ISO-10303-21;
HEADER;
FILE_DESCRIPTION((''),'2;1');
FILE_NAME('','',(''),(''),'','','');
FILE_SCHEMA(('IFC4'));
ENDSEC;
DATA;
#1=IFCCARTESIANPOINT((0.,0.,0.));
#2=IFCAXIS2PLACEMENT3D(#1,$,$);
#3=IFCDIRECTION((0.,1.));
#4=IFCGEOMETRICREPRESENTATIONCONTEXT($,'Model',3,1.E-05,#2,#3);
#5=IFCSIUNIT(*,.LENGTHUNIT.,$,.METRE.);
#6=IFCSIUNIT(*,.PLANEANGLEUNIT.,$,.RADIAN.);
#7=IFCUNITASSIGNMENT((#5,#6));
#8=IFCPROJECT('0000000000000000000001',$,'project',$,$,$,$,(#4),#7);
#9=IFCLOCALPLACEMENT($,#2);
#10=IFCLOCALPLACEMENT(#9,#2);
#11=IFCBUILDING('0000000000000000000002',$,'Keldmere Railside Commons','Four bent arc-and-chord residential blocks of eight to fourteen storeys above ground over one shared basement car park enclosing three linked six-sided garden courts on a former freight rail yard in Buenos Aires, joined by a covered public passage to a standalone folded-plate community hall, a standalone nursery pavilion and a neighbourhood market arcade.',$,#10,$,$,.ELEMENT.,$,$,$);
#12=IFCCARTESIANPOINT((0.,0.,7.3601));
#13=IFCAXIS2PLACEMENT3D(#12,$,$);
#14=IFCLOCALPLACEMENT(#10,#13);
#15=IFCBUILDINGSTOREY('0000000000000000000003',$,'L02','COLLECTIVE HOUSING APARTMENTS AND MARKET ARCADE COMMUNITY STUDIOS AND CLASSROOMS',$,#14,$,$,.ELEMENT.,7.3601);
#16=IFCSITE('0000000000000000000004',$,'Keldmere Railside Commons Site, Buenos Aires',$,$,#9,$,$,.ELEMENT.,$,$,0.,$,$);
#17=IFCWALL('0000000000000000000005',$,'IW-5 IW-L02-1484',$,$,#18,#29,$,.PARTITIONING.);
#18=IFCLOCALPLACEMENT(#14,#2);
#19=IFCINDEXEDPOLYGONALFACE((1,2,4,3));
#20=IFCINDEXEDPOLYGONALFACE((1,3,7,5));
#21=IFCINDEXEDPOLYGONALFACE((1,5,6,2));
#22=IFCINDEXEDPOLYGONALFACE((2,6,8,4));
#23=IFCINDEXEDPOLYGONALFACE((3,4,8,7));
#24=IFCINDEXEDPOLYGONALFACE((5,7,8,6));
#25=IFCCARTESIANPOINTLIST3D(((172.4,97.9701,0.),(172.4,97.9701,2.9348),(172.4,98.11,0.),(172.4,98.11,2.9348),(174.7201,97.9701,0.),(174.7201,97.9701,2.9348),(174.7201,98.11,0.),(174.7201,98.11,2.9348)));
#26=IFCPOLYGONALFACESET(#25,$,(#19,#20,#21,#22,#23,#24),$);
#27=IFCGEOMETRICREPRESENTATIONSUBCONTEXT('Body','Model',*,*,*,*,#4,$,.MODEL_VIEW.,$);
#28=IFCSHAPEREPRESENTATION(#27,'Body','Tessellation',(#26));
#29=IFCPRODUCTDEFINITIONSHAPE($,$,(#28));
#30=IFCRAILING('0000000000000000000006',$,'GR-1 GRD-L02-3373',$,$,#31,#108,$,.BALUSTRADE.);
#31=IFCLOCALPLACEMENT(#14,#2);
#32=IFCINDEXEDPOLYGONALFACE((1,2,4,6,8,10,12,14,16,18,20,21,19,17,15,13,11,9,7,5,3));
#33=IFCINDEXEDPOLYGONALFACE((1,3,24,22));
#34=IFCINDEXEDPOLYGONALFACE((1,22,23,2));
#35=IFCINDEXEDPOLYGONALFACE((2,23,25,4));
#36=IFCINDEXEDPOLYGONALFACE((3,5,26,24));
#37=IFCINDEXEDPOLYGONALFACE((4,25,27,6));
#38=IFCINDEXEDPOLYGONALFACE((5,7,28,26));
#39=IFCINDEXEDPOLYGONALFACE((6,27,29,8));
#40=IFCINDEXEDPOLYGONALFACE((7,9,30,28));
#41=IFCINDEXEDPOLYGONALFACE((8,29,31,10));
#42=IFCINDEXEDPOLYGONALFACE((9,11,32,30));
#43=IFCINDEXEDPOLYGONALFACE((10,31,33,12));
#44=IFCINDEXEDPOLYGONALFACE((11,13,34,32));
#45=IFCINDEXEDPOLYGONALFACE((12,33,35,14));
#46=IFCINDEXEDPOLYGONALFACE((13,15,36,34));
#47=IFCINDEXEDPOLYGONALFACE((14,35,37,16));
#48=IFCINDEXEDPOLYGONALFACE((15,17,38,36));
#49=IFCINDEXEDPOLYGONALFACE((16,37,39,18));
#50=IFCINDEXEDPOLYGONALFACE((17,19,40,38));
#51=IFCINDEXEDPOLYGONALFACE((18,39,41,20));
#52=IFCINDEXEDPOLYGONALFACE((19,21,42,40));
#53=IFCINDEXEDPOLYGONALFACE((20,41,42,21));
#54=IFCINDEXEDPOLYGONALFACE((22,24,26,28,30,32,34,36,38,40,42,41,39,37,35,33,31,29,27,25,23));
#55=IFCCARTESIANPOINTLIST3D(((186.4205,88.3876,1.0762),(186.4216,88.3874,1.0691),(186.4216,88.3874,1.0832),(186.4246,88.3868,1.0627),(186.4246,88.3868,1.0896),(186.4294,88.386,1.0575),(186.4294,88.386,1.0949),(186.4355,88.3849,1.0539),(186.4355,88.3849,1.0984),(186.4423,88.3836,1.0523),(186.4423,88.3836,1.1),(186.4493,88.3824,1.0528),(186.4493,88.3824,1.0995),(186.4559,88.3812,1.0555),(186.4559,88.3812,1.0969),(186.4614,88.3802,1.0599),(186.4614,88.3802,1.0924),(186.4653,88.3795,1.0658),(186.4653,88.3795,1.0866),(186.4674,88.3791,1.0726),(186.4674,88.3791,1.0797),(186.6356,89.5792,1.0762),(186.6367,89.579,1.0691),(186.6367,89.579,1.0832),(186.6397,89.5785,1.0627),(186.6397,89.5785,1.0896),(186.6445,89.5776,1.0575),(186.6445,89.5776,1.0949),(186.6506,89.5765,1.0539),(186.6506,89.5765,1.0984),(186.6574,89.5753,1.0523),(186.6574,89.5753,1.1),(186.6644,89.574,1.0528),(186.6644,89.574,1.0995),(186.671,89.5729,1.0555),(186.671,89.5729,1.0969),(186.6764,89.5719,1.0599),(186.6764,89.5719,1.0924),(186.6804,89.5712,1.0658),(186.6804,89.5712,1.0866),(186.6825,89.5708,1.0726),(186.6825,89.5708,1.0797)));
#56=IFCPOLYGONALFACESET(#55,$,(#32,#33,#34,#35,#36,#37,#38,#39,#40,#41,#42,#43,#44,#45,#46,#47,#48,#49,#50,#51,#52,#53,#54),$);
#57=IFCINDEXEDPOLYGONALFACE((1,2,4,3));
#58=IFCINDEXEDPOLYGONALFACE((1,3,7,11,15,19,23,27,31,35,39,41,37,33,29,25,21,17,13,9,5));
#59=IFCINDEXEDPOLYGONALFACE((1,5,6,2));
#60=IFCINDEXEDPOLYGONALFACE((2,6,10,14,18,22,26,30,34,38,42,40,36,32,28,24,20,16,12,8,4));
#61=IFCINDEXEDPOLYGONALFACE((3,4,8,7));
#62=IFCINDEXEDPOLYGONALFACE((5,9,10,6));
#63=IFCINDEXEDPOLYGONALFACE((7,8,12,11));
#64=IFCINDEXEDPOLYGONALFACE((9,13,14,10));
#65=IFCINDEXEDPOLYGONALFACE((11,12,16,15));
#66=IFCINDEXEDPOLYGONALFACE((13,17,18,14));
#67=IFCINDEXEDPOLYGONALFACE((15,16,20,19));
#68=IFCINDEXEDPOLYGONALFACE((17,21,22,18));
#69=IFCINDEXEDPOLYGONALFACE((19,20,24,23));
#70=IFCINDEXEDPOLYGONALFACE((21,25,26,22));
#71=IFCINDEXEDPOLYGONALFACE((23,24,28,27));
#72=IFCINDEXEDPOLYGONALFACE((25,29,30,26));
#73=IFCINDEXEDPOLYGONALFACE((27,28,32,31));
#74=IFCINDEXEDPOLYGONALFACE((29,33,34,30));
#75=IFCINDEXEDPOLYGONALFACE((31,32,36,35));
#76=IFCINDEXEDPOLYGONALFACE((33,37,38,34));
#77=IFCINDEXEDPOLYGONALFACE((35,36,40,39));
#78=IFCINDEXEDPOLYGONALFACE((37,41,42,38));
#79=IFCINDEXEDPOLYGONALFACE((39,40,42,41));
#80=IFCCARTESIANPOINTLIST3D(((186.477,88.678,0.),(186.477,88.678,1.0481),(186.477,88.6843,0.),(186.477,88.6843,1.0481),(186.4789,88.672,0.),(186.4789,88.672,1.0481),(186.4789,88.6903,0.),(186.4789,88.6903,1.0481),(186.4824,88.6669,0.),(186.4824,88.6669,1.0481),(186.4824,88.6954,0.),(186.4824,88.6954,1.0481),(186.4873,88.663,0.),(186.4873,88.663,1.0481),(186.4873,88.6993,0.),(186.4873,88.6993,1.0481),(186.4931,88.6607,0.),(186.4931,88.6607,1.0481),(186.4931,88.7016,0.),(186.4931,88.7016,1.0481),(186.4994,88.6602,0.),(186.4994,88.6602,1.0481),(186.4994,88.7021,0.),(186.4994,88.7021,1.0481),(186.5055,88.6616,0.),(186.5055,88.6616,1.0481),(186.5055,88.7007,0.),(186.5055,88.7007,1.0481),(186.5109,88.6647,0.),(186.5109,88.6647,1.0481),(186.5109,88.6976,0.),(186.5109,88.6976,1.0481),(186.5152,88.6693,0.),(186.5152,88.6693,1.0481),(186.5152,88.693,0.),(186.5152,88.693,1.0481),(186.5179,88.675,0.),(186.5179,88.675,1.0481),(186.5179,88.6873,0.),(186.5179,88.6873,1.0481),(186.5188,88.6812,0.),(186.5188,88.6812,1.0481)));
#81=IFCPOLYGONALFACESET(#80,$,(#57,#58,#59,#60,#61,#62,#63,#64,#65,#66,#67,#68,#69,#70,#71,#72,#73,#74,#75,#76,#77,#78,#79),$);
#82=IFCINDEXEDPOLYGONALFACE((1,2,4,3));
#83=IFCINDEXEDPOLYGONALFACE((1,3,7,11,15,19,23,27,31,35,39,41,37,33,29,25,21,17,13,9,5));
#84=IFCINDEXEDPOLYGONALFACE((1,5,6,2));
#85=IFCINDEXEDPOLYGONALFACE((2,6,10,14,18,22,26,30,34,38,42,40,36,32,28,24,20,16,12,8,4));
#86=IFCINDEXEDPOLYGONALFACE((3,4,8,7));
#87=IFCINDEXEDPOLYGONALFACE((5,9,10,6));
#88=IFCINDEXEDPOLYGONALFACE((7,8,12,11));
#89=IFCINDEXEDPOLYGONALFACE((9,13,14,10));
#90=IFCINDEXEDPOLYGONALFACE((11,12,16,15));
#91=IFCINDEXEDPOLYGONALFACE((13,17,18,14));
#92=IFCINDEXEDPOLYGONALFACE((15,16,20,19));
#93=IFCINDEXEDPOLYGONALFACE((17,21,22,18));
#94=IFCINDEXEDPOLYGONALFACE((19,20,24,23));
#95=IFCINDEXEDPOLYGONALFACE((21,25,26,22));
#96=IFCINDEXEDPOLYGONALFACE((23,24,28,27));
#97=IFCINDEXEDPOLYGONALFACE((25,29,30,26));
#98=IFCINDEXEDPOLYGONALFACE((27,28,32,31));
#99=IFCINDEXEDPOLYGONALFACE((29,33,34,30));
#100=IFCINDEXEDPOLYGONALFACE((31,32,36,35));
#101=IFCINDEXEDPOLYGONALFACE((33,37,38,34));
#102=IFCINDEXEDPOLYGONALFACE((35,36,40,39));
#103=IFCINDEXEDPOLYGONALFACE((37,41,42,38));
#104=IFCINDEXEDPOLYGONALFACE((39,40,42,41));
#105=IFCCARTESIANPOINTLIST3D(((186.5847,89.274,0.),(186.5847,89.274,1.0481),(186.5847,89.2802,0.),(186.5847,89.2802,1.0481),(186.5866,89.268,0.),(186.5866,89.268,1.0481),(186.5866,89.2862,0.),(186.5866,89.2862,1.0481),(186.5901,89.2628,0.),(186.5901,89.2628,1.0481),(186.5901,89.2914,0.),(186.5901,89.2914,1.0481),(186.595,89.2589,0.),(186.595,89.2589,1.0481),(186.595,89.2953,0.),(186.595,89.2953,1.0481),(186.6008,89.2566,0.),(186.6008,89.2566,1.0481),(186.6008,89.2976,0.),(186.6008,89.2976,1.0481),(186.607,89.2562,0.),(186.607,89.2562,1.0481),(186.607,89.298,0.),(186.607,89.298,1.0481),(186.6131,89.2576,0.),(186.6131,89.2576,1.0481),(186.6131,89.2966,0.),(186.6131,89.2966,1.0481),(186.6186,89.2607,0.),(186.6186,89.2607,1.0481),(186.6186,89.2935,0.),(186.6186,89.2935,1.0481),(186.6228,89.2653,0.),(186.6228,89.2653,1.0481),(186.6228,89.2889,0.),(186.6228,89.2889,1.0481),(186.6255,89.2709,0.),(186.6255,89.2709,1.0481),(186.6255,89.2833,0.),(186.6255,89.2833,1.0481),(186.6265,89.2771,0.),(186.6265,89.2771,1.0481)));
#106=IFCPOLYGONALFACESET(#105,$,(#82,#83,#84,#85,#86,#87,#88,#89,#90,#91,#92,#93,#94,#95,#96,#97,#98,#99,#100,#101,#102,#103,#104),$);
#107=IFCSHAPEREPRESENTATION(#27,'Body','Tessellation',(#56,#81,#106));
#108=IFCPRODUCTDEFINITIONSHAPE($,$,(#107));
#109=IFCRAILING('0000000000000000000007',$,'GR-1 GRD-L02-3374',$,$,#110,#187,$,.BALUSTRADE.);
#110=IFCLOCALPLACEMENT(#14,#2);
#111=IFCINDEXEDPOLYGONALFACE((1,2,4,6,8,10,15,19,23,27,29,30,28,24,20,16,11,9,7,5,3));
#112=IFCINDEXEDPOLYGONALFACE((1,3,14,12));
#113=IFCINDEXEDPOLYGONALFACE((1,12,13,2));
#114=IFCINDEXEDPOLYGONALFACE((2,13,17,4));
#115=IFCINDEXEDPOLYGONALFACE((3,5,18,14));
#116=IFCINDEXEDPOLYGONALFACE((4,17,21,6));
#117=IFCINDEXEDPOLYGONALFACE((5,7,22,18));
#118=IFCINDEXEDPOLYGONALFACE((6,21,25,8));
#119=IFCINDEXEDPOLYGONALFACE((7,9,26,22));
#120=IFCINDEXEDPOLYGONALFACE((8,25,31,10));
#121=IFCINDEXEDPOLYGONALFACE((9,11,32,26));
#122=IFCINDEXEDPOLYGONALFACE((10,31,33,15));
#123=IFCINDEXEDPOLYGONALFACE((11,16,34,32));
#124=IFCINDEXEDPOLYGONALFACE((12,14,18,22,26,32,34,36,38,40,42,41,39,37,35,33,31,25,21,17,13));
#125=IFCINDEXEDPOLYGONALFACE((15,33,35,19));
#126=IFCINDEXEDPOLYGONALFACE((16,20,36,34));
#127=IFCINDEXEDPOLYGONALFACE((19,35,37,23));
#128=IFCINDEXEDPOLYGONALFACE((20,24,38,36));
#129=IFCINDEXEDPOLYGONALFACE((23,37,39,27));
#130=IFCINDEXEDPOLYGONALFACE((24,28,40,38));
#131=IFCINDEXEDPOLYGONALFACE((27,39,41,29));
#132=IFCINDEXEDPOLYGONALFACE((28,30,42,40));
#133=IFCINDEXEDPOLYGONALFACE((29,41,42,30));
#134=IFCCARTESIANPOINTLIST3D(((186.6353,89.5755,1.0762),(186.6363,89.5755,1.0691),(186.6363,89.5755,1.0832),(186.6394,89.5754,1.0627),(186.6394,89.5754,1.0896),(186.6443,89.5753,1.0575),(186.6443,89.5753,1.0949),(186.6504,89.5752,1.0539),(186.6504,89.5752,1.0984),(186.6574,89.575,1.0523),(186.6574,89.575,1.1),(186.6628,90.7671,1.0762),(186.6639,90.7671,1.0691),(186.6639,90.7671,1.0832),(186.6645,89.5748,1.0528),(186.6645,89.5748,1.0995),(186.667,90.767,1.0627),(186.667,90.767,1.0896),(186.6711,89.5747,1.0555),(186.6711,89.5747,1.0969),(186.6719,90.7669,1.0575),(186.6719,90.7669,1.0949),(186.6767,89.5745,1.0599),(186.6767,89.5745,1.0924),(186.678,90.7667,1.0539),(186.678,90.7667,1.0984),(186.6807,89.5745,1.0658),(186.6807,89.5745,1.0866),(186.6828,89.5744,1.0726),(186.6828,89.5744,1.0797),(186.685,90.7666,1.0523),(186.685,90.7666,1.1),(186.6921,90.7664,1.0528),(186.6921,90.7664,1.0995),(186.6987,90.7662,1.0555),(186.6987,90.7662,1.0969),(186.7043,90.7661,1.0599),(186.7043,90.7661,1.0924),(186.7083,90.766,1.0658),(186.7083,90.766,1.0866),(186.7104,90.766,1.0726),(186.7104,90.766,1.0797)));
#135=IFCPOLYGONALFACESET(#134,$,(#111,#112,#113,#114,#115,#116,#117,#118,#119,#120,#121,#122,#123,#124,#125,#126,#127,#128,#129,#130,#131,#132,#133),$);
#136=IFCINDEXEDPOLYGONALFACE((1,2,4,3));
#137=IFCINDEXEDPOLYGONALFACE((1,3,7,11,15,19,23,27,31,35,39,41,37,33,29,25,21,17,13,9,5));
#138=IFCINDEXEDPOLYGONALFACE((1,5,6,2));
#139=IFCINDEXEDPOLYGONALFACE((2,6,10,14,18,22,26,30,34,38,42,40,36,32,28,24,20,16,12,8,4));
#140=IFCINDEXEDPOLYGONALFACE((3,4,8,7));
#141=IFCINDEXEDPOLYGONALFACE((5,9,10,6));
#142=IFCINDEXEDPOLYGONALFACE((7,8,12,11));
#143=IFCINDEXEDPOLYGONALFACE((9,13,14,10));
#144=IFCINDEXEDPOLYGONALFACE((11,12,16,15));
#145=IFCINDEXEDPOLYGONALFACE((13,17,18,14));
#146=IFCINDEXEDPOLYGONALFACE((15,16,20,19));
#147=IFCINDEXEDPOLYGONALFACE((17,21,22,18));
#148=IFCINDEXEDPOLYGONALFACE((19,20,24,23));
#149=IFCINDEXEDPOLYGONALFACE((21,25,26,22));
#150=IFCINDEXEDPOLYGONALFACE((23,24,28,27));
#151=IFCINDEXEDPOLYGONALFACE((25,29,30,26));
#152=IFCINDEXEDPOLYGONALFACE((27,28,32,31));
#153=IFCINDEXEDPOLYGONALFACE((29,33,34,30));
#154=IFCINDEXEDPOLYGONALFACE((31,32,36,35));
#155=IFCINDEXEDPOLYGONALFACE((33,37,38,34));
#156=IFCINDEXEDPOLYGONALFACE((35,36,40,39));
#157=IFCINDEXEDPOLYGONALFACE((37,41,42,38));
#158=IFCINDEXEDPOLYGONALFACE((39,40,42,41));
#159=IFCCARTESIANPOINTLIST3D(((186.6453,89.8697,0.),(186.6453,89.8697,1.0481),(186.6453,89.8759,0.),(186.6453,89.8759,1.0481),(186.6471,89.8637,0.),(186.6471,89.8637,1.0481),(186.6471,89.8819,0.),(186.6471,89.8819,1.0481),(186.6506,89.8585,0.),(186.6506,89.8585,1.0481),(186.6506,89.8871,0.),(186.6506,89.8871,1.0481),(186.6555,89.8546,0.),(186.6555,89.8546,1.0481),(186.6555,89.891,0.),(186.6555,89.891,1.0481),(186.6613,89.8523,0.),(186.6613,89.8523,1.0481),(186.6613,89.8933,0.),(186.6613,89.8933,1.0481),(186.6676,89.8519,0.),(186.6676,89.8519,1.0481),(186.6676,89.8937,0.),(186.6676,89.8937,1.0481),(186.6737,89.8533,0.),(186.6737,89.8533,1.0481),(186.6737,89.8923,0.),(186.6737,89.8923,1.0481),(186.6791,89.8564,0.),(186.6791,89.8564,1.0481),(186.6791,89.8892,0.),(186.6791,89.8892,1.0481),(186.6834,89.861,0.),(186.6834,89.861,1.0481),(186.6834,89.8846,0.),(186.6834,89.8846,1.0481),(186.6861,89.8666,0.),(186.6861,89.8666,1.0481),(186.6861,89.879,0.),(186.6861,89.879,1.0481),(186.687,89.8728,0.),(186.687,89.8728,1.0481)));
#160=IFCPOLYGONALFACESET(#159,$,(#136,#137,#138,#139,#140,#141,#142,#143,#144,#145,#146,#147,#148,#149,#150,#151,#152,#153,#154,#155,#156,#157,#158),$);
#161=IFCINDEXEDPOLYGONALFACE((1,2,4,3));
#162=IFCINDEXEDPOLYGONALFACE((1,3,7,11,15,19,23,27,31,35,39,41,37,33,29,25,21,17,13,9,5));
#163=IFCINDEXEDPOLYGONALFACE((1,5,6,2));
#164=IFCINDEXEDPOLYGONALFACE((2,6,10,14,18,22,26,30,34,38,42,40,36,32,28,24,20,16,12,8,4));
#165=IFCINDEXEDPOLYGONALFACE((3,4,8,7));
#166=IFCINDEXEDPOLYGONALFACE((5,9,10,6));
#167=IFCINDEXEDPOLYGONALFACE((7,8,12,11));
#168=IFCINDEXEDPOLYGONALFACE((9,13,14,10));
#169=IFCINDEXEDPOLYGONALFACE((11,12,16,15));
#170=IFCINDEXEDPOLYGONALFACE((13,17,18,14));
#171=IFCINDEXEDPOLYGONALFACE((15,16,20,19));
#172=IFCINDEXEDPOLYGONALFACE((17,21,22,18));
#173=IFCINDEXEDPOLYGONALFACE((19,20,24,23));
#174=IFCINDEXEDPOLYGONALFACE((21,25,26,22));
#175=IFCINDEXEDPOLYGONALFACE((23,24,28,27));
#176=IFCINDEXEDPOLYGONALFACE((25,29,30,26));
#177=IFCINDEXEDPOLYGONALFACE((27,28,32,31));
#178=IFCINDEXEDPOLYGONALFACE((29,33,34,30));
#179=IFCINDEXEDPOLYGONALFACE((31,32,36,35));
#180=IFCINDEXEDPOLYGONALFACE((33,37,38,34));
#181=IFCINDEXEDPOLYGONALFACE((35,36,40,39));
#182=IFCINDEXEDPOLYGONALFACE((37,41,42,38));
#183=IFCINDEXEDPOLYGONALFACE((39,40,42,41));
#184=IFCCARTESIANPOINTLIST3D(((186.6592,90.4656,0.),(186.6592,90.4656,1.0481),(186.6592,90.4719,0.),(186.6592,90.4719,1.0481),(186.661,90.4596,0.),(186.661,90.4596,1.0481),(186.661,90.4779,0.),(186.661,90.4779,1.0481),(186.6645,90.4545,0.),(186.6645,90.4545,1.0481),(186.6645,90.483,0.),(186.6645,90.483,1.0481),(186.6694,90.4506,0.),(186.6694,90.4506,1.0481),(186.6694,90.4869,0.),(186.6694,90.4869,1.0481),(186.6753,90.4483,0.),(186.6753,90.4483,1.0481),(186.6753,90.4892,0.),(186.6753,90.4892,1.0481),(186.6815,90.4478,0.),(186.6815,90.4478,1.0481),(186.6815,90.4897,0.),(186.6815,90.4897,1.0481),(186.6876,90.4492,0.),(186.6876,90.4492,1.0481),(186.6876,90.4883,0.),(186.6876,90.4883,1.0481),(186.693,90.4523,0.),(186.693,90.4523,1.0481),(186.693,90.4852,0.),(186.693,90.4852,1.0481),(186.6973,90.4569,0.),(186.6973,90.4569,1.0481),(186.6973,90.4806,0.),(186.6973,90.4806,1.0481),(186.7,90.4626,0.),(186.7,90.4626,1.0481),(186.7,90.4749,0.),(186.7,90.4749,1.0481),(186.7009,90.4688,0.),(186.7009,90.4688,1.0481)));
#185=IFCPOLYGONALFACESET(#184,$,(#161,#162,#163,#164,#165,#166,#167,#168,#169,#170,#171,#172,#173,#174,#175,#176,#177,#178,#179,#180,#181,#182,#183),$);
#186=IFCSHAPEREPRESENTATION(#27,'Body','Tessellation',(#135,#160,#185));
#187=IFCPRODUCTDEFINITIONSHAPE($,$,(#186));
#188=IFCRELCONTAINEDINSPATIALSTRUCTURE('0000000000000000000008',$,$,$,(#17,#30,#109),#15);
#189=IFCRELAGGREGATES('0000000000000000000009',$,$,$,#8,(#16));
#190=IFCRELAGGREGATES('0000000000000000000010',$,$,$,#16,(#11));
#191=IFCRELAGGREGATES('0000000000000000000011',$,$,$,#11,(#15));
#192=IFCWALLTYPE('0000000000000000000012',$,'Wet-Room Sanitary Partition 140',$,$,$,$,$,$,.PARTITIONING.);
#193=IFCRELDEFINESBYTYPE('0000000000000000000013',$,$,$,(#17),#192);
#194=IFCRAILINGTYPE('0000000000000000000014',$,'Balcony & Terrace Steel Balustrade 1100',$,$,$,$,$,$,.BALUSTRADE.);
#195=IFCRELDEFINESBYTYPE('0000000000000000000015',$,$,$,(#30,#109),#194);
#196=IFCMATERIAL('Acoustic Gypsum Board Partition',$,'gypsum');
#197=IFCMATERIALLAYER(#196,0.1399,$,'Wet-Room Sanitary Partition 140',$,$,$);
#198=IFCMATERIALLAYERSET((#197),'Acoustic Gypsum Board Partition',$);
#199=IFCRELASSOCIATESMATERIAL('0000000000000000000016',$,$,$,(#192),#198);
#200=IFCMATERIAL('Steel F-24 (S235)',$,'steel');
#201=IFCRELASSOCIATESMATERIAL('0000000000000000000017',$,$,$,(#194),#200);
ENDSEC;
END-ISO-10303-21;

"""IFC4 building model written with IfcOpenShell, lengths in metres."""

from ifc_helpers import new_model, si_unit, direction, frame, frame_2d, origin, origin_2d, place, context, subcontext, project, spatial, rectangle, circle, extrude, material, layer, layer_set, type_object, element, save


model = new_model("IFC4")

# Units and contexts
model_context = context("Model", 3, precision=1e-05, world=origin(), true_north=direction((0.0, 1.0)))
body_context = subcontext(model_context, "Body", "Model", "MODEL_VIEW")
ifc_project = project(units=[si_unit("LENGTHUNIT", "METRE"), si_unit("PLANEANGLEUNIT", "RADIAN")], contexts=[model_context])

# Site, building, storey
site_placement = place(None, origin())
site = spatial("IfcSite", under=ifc_project, at=site_placement, Name="Keldmere Railside Commons Site, Buenos Aires", CompositionType="ELEMENT", RefElevation=0.0)
building_placement = place(site_placement, origin())
building = spatial("IfcBuilding", under=site, at=building_placement, Name="Keldmere Railside Commons", Description="Four bent arc-and-chord residential blocks of eight to fourteen storeys above ground over one shared basement car park enclosing three linked six-sided garden courts on a former freight rail yard in Buenos Aires, joined by a covered public passage to a standalone folded-plate community hall, a standalone nursery pavilion and a neighbourhood market arcade.", CompositionType="ELEMENT")
storey_placement = place(building_placement, frame((0.0, 0.0, 7.3601)))
storey = spatial("IfcBuildingStorey", under=building, at=storey_placement, Name="L02", Description="COLLECTIVE HOUSING APARTMENTS AND MARKET ARCADE COMMUNITY STUDIOS AND CLASSROOMS", CompositionType="ELEMENT", Elevation=7.3601)

# Shared definitions
ifc_material_1 = material(Name="Acoustic Gypsum Board Partition", Category="gypsum")

# Wall
ifc_layer_1 = layer(ifc_material_1, 0.1399, Name="Wet-Room Sanitary Partition 140")
ifc_layer_set_1 = layer_set([ifc_layer_1], Name="Acoustic Gypsum Board Partition")
wall_type_1 = type_object("IfcWallType", Name="Wet-Room Sanitary Partition 140", PredefinedType="PARTITIONING", material=ifc_layer_set_1)
wall_1_placement = place(storey_placement, frame((172.3999, 98.04, 0.0), z_axis=(0.0, 0.0, 1.0), x_axis=(1.0, 0.0, 0.0)))
element("IfcWall", 1, at=wall_1_placement, inside=storey, type_object=wall_type_1, Name="IW-5 IW-L02-1484", PredefinedType="PARTITIONING", context=body_context, shape_type="SweptSolid", body=[
    extrude(rectangle(XDim=2.3201, YDim=0.1399, at=frame_2d((1.1602, 0.0))), origin(), (0.0, 0.0, 1.0), 2.9348),
])

# Railings
ifc_material_2 = material(Name="Steel F-24 (S235)", Category="steel")
railing_type = type_object("IfcRailingType", Name="Balcony & Terrace Steel Balustrade 1100", PredefinedType="BALUSTRADE", material=ifc_material_2)
railing_1_placement = place(storey_placement, frame((186.4441, 88.3833, 0.0)))
element("IfcRailing", 2, at=railing_1_placement, inside=storey, type_object=railing_type, Name="GR-1 GRD-L02-3373", PredefinedType="BALUSTRADE", context=body_context, shape_type="SweptSolid", body=[
    extrude(circle(Radius=0.0239, at=origin_2d()), frame((0.0, 0.0, 1.0762), z_axis=(0.177626, 0.984098, 0.0), x_axis=(-0.984098, 0.177626, 0.0)), (0.0, 0.0, 1.0), 1.2109),
    extrude(circle(Radius=0.021, at=origin_2d()), frame((0.0537, 0.2979, 0.0)), (0.0, 0.0, 1.0), 1.0481),
    extrude(circle(Radius=0.021, at=origin_2d()), frame((0.1614, 0.8938, 0.0)), (0.0, 0.0, 1.0), 1.0481),
])
railing_2_placement = place(storey_placement, frame((186.6592, 89.575, 0.0)))
element("IfcRailing", 3, at=railing_2_placement, inside=storey, type_object=railing_type, Name="GR-1 GRD-L02-3374", PredefinedType="BALUSTRADE", context=body_context, shape_type="SweptSolid", body=[
    extrude(circle(Radius=0.0239, at=origin_2d()), frame((0.0, 0.0, 1.0762), z_axis=(0.023145, 0.999732, 0.0), x_axis=(-0.999732, 0.023145, 0.0)), (0.0, 0.0, 1.0), 1.1919),
    extrude(circle(Radius=0.021, at=origin_2d()), frame((0.0068, 0.2979, 0.0)), (0.0, 0.0, 1.0), 1.0481),
    extrude(circle(Radius=0.021, at=origin_2d()), frame((0.0208, 0.8938, 0.0)), (0.0, 0.0, 1.0), 1.0481),
])

save(model, "model.ifc")
